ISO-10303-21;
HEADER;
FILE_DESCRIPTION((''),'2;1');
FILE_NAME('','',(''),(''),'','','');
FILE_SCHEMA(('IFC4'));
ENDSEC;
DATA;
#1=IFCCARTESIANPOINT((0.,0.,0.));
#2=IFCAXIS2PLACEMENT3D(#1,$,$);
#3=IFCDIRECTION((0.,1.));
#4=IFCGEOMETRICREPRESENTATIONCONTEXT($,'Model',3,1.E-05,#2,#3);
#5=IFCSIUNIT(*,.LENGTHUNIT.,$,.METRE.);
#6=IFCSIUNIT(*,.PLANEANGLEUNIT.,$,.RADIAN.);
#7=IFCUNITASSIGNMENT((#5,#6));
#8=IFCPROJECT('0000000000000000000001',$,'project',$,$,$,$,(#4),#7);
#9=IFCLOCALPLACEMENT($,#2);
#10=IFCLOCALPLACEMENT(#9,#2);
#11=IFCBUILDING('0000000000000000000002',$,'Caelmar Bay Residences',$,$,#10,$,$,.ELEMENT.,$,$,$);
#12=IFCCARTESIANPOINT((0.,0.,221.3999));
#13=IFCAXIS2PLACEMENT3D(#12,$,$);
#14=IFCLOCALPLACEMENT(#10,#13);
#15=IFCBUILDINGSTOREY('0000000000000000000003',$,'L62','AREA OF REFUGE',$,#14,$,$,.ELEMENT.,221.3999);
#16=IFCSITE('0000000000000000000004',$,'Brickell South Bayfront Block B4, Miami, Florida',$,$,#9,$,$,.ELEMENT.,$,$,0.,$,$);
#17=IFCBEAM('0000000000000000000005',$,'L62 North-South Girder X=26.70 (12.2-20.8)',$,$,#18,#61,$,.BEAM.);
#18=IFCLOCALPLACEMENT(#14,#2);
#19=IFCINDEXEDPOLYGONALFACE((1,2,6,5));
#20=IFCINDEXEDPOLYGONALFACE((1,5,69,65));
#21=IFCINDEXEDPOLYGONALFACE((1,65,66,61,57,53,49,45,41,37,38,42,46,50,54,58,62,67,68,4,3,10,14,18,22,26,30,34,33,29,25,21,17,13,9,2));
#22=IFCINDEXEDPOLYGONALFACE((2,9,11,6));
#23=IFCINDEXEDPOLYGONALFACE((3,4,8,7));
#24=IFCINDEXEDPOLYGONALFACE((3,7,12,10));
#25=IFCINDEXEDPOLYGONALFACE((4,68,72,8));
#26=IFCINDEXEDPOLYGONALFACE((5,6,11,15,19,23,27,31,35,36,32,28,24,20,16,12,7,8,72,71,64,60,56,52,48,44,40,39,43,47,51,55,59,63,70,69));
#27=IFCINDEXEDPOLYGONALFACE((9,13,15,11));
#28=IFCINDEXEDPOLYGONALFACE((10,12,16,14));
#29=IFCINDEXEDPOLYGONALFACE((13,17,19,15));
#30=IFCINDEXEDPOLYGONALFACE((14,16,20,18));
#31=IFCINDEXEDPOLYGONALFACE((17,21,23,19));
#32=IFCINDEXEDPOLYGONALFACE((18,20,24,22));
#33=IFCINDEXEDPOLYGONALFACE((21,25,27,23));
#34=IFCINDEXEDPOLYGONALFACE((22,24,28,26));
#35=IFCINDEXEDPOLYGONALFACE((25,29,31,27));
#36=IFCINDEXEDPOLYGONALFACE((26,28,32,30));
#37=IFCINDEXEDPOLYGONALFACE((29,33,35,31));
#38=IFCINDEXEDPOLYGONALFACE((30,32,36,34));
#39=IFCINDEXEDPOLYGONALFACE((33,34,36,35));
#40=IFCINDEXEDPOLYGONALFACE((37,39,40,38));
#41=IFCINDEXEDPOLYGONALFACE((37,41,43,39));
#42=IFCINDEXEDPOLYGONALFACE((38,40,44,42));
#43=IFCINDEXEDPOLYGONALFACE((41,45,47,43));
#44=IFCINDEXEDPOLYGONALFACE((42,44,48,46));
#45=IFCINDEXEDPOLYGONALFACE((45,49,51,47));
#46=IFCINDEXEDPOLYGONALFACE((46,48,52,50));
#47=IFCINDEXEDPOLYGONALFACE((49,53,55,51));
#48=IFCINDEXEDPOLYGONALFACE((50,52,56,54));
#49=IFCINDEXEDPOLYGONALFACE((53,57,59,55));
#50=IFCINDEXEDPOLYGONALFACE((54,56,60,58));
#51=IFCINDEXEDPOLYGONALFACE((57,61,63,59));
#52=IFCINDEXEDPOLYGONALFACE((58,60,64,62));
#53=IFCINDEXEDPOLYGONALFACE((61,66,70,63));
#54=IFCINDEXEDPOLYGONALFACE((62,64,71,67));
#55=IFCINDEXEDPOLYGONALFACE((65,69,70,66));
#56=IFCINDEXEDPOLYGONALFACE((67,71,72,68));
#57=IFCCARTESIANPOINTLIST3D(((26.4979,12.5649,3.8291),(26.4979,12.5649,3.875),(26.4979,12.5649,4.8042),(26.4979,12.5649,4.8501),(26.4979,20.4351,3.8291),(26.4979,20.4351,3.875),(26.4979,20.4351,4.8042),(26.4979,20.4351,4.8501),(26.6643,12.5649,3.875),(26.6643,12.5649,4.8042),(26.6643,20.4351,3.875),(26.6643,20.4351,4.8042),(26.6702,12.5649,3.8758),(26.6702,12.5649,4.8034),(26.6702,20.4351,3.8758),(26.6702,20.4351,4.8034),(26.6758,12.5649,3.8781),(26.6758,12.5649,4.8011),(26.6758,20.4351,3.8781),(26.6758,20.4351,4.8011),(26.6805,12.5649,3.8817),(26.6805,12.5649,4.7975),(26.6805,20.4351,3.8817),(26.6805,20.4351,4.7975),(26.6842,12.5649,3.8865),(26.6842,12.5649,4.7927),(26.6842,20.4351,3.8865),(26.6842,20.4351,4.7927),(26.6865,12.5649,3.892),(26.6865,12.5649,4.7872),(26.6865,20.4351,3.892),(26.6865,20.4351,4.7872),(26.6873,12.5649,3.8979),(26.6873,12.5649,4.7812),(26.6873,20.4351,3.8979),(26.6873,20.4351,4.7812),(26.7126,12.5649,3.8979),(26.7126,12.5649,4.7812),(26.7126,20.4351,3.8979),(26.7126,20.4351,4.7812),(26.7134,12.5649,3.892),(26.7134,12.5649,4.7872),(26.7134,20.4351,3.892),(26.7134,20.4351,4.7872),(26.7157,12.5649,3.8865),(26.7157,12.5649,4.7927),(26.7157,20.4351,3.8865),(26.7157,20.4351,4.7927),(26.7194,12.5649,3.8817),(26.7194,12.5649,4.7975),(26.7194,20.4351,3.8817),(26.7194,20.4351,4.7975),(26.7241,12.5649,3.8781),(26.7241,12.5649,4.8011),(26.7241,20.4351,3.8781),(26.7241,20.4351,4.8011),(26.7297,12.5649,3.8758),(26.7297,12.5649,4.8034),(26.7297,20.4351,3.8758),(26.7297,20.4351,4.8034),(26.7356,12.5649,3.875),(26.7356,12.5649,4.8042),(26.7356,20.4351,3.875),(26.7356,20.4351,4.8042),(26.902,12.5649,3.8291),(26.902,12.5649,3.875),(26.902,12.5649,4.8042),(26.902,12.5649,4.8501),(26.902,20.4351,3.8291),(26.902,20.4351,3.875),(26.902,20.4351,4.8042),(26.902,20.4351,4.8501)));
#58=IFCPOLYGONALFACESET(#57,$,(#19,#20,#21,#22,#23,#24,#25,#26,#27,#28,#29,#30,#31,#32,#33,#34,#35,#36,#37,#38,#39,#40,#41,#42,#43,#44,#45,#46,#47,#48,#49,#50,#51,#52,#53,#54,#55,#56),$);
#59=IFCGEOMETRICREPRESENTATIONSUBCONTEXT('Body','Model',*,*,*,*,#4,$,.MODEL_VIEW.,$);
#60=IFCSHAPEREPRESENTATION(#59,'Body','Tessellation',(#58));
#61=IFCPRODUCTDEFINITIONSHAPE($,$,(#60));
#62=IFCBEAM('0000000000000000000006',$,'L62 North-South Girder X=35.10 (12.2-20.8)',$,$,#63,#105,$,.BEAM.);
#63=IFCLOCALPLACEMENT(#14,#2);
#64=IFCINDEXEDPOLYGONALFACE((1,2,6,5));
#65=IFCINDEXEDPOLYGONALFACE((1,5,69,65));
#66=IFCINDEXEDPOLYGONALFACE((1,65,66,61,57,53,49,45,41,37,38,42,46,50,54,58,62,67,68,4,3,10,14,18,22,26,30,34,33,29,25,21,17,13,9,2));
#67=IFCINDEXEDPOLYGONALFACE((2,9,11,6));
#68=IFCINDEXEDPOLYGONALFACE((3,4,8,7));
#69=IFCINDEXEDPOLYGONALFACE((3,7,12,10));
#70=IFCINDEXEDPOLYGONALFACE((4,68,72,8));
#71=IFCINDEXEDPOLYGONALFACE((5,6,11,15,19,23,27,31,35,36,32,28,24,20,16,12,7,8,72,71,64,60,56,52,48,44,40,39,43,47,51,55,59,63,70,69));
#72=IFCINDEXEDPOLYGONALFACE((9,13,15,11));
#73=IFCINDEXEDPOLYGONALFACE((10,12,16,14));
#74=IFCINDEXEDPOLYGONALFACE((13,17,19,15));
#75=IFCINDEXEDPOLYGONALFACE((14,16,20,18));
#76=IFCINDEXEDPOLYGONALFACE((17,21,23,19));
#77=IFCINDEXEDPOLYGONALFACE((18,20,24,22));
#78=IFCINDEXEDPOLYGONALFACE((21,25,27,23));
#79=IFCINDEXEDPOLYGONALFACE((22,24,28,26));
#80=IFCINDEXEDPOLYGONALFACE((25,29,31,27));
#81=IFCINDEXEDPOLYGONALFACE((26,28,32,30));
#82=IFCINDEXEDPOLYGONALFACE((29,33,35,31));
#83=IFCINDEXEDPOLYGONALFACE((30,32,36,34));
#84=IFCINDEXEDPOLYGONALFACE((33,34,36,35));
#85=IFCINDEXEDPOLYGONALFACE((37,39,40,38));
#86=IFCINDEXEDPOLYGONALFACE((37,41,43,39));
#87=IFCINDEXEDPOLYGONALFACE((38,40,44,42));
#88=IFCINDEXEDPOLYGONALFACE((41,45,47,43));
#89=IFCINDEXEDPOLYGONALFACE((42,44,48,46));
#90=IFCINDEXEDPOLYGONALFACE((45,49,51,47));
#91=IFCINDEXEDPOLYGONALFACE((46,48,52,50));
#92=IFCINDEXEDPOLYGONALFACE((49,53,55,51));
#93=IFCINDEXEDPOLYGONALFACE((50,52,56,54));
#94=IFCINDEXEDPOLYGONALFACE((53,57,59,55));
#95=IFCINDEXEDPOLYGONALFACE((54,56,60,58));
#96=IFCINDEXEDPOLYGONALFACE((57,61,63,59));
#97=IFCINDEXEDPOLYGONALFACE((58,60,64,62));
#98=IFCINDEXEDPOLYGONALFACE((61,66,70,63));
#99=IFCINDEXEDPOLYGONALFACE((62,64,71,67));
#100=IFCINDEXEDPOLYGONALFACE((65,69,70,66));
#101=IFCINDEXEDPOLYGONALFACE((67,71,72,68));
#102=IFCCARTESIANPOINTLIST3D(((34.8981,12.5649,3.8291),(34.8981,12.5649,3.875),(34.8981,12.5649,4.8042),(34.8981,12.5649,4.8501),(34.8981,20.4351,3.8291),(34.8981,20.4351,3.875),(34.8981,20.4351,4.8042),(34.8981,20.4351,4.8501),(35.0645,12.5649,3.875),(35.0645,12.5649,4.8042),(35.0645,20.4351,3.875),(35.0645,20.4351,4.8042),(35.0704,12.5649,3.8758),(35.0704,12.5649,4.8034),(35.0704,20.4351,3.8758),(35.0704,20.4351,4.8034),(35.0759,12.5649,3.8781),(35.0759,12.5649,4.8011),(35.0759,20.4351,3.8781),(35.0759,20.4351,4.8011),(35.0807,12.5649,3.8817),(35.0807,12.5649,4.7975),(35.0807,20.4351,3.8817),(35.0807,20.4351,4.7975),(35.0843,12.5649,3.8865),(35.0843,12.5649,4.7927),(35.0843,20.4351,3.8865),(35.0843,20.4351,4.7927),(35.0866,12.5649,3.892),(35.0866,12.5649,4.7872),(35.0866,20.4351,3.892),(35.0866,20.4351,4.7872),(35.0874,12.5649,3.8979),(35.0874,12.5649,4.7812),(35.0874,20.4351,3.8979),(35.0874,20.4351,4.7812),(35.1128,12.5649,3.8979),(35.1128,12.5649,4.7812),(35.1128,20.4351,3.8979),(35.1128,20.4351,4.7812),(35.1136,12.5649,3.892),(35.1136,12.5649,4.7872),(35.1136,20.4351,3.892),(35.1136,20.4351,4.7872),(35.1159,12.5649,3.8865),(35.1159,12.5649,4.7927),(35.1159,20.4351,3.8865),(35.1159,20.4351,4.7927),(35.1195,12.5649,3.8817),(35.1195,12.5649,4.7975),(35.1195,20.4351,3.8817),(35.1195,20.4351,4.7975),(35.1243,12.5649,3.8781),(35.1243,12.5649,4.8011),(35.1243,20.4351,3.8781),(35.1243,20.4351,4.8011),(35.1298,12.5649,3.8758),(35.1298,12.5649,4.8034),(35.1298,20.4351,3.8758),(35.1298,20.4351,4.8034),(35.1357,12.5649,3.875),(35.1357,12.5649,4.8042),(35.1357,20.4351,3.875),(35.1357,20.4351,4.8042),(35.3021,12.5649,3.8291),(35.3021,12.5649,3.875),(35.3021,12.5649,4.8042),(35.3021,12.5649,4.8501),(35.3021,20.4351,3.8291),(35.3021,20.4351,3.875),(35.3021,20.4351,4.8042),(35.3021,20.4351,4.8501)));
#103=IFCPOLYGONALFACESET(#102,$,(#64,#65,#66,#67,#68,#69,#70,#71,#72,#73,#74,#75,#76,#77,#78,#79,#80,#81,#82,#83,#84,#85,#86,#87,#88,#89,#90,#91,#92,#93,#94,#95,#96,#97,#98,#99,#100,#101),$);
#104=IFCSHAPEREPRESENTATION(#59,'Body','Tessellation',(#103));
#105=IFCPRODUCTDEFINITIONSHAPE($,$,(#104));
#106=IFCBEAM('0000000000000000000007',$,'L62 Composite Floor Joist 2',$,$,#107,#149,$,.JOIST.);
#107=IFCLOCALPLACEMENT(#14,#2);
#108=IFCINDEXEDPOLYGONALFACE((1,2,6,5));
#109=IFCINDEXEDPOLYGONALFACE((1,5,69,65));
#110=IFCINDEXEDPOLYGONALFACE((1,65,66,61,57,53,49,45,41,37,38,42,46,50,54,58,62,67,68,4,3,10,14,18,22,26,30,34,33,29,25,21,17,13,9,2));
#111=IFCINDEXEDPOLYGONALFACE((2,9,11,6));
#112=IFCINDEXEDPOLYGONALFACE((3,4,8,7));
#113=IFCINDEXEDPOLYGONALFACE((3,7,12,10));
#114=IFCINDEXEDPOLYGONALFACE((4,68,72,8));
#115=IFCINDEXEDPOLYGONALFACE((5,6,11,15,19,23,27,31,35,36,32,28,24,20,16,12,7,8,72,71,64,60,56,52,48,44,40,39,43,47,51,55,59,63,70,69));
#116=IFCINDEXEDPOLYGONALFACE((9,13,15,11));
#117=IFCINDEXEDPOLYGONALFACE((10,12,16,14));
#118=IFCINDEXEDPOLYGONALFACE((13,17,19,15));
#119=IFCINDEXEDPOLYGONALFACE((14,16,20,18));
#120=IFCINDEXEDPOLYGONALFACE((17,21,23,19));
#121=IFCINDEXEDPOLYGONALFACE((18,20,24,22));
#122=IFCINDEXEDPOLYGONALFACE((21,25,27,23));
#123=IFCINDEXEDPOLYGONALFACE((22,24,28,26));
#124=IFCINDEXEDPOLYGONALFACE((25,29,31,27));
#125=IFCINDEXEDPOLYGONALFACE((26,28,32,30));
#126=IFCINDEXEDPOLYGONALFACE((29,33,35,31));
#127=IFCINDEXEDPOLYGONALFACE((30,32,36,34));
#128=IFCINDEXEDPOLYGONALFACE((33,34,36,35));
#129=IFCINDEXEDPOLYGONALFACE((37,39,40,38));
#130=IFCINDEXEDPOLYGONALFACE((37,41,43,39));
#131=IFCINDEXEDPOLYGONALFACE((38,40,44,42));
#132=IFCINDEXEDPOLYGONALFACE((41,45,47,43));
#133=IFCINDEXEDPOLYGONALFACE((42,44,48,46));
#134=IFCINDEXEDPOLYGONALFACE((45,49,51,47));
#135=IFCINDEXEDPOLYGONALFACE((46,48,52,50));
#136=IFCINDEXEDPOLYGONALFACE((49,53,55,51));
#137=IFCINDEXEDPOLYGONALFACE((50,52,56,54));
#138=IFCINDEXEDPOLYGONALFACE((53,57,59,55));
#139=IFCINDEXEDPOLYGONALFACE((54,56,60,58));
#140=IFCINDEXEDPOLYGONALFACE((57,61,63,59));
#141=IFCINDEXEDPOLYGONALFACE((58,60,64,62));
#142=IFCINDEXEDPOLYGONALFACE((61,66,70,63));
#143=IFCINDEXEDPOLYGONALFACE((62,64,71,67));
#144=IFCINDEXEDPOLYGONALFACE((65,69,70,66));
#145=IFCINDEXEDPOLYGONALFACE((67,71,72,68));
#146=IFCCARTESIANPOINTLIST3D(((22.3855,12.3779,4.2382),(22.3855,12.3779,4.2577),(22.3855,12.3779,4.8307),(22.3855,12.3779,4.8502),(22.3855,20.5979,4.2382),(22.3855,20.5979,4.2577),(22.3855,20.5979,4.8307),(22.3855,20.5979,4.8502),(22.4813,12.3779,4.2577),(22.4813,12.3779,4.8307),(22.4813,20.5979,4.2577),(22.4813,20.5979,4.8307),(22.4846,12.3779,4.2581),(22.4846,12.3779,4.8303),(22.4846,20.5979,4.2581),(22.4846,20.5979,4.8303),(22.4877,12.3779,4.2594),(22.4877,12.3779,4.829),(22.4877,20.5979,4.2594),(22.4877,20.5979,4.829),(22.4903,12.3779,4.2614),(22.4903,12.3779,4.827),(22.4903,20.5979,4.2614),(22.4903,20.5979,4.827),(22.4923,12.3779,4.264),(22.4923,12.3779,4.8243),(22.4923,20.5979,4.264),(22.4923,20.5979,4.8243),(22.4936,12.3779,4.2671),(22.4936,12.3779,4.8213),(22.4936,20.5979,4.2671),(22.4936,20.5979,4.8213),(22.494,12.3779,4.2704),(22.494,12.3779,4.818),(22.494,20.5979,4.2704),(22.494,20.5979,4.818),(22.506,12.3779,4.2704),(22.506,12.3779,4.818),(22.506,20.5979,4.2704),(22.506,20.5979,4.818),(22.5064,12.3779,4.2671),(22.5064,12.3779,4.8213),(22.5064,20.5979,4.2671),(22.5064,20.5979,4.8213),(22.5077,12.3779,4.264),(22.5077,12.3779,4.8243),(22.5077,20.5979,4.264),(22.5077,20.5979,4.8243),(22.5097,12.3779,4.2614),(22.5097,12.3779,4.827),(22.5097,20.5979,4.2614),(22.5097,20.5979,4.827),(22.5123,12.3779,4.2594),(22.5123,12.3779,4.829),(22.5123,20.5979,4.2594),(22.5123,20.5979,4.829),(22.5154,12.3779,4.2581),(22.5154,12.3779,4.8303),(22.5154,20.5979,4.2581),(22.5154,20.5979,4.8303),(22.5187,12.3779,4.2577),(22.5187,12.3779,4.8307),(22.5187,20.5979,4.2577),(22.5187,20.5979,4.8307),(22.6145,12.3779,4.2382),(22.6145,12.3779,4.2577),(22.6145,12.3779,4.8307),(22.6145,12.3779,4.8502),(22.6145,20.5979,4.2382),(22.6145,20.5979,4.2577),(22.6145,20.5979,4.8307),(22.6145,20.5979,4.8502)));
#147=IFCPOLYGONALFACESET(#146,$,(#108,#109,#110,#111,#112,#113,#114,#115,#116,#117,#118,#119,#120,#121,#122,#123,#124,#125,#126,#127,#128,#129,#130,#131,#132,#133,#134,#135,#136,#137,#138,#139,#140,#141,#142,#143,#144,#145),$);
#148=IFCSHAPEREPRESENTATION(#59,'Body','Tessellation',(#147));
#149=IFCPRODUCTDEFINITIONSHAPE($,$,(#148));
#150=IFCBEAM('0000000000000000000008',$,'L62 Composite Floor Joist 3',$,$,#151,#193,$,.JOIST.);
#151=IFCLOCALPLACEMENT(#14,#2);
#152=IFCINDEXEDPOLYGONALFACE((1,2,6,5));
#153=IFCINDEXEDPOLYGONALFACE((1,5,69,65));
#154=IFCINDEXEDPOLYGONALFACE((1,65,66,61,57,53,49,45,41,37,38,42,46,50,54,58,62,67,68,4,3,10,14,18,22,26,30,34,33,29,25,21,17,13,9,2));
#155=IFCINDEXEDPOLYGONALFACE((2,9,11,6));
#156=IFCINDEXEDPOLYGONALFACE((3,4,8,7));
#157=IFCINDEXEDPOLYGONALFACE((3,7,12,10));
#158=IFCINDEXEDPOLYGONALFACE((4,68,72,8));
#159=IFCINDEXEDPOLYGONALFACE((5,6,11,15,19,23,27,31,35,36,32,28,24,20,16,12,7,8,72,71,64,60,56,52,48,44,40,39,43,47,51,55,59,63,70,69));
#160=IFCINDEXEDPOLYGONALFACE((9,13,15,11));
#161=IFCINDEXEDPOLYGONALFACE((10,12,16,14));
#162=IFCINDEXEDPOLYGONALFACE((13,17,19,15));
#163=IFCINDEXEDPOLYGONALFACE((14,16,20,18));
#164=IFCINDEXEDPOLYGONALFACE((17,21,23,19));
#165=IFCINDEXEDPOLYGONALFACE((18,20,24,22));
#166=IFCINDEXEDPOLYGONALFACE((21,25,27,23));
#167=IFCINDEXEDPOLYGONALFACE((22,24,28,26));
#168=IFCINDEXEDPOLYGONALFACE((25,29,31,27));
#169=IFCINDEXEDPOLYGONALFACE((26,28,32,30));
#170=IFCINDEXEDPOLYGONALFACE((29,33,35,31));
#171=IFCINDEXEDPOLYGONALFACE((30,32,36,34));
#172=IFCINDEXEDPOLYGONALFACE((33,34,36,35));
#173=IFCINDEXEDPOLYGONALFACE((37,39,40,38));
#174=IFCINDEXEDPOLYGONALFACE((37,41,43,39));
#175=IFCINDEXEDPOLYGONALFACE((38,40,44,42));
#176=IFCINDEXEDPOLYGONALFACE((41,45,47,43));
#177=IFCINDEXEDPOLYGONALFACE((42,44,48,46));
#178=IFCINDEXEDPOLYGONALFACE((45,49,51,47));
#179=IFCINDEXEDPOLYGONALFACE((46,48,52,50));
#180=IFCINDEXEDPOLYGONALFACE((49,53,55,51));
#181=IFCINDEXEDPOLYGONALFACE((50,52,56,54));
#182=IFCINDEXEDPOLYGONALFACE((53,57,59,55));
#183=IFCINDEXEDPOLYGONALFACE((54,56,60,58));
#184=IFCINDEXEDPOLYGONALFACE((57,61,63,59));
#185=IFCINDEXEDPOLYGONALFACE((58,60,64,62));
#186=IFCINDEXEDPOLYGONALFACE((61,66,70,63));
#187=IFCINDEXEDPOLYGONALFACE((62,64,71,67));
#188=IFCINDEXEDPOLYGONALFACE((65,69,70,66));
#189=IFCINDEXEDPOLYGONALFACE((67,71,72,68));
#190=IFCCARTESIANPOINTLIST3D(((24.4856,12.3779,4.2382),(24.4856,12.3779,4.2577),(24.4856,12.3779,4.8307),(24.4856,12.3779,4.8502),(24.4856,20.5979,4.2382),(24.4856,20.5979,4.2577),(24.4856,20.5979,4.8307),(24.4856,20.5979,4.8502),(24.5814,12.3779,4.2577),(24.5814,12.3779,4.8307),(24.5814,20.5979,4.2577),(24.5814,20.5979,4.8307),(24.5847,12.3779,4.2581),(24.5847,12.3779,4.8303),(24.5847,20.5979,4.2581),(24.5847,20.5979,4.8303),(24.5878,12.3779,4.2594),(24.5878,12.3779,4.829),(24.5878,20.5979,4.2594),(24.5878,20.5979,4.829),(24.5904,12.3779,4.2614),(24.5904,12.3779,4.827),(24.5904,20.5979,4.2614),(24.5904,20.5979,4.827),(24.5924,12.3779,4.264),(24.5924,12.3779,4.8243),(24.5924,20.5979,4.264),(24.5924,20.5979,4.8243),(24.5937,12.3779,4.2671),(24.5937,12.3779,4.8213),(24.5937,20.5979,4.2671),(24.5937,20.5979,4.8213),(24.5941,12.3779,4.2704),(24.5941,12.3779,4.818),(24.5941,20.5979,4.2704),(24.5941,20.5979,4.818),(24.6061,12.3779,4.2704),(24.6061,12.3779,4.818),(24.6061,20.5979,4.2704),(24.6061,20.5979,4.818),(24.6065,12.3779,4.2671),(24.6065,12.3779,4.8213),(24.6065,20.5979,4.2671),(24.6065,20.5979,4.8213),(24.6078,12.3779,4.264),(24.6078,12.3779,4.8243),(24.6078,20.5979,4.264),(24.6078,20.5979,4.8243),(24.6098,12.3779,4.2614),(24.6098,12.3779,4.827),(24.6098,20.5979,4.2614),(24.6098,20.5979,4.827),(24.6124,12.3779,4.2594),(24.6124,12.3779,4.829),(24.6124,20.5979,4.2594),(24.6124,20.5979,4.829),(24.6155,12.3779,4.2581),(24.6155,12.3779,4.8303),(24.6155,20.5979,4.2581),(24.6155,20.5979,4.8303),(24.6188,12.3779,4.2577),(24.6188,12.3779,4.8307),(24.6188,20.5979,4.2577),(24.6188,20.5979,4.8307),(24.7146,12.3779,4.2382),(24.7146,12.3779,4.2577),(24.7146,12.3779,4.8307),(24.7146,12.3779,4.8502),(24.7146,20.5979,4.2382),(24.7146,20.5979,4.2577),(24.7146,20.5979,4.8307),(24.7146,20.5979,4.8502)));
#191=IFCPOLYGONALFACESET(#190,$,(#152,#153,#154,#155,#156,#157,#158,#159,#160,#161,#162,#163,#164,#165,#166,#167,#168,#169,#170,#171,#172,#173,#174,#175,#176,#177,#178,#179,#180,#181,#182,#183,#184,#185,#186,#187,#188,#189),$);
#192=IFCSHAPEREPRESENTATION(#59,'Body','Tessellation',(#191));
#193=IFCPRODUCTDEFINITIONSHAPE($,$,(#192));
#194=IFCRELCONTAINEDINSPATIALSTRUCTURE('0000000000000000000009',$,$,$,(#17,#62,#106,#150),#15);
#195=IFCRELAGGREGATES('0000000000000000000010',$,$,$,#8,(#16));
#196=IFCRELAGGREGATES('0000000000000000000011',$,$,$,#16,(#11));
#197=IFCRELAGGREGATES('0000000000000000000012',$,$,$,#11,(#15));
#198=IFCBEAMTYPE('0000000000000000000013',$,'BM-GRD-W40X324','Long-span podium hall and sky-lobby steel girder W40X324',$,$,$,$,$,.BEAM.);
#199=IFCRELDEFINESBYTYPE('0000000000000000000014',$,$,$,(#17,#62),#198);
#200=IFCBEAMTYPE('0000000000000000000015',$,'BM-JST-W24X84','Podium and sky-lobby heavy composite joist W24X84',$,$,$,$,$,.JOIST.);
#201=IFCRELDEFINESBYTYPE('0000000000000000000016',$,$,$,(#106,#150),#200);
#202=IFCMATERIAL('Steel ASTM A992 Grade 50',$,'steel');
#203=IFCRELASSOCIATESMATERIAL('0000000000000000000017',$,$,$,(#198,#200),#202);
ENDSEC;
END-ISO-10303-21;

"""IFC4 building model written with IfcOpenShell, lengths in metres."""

from ifc_helpers import new_model, si_unit, direction, frame, origin, origin_2d, place, context, subcontext, project, spatial, i_section, extrude, material, material_profile, profile_set, type_object, element, save


model = new_model("IFC4")

# Units and contexts
model_context = context("Model", 3, precision=1e-05, world=origin(), true_north=direction((0.0, 1.0)))
body_context = subcontext(model_context, "Body", "Model", "MODEL_VIEW")
ifc_project = project(units=[si_unit("LENGTHUNIT", "METRE"), si_unit("PLANEANGLEUNIT", "RADIAN")], contexts=[model_context])

# Site, building, storey
site_placement = place(None, origin())
site = spatial("IfcSite", under=ifc_project, at=site_placement, Name="Brickell South Bayfront Block B4, Miami, Florida", CompositionType="ELEMENT", RefElevation=0.0)
building_placement = place(site_placement, origin())
building = spatial("IfcBuilding", under=site, at=building_placement, Name="Caelmar Bay Residences", CompositionType="ELEMENT")
storey_placement = place(building_placement, frame((0.0, 0.0, 221.3999)))
storey = spatial("IfcBuildingStorey", under=building, at=storey_placement, Name="L62", Description="AREA OF REFUGE", CompositionType="ELEMENT", Elevation=221.3999)

# Beams
ifc_material_1 = material(Name="Steel ASTM A992 Grade 50", Category="steel")
ifc_material_profile_1 = material_profile(ifc_material_1, i_section(OverallWidth=0.4041, OverallDepth=1.021, WebThickness=0.0254, FlangeThickness=0.0459, FilletRadius=0.0229, at=origin_2d()), Name="W40X324")
ifc_profile_set_1 = profile_set([ifc_material_profile_1], Name="Steel ASTM A992 Grade 50")
beam_type_1 = type_object("IfcBeamType", Name="BM-GRD-W40X324", Description="Long-span podium hall and sky-lobby steel girder W40X324", PredefinedType="BEAM", material=ifc_profile_set_1)
for number, where, z_axis, x_axis, name in (
    (1, (26.7, 12.5649, 4.3396), (0.0, 1.0, 0.0), (-1.0, 0.0, 0.0), "L62 North-South Girder X=26.70 (12.2-20.8)"),
    (2, (35.1001, 12.5649, 4.3396), (0.0, 1.0, 0.0), (-1.0, 0.0, 0.0), "L62 North-South Girder X=35.10 (12.2-20.8)"),
):
    element("IfcBeam", number, at=place(storey_placement, frame(where, z_axis=z_axis, x_axis=x_axis)), inside=storey, type_object=beam_type_1, Name=name, PredefinedType="BEAM", context=body_context, shape_type="SweptSolid", body=[
        extrude(i_section(OverallWidth=0.4041, OverallDepth=1.021, WebThickness=0.0254, FlangeThickness=0.0459, FilletRadius=0.0229, at=origin_2d()), origin(), (0.0, 0.0, 1.0), 7.8701),
    ])
ifc_material_profile_2 = material_profile(ifc_material_1, i_section(OverallWidth=0.229, OverallDepth=0.6121, WebThickness=0.012, FlangeThickness=0.0195, FilletRadius=0.0127, at=origin_2d()), Name="W24X84")
ifc_profile_set_2 = profile_set([ifc_material_profile_2], Name="Steel ASTM A992 Grade 50")
beam_type_2 = type_object("IfcBeamType", Name="BM-JST-W24X84", Description="Podium and sky-lobby heavy composite joist W24X84", PredefinedType="JOIST", material=ifc_profile_set_2)
for number, where, z_axis, x_axis, name in (
    (3, (22.5, 12.3779, 4.5442), (0.0, 1.0, 0.0), (-1.0, 0.0, 0.0), "L62 Composite Floor Joist 2"),
    (4, (24.6001, 12.3779, 4.5442), (0.0, 1.0, 0.0), (-1.0, 0.0, 0.0), "L62 Composite Floor Joist 3"),
):
    element("IfcBeam", number, at=place(storey_placement, frame(where, z_axis=z_axis, x_axis=x_axis)), inside=storey, type_object=beam_type_2, Name=name, PredefinedType="JOIST", context=body_context, shape_type="SweptSolid", body=[
        extrude(i_section(OverallWidth=0.229, OverallDepth=0.6121, WebThickness=0.012, FlangeThickness=0.0195, FilletRadius=0.0127, at=origin_2d()), origin(), (0.0, 0.0, 1.0), 8.22),
    ])

save(model, "model.ifc")
